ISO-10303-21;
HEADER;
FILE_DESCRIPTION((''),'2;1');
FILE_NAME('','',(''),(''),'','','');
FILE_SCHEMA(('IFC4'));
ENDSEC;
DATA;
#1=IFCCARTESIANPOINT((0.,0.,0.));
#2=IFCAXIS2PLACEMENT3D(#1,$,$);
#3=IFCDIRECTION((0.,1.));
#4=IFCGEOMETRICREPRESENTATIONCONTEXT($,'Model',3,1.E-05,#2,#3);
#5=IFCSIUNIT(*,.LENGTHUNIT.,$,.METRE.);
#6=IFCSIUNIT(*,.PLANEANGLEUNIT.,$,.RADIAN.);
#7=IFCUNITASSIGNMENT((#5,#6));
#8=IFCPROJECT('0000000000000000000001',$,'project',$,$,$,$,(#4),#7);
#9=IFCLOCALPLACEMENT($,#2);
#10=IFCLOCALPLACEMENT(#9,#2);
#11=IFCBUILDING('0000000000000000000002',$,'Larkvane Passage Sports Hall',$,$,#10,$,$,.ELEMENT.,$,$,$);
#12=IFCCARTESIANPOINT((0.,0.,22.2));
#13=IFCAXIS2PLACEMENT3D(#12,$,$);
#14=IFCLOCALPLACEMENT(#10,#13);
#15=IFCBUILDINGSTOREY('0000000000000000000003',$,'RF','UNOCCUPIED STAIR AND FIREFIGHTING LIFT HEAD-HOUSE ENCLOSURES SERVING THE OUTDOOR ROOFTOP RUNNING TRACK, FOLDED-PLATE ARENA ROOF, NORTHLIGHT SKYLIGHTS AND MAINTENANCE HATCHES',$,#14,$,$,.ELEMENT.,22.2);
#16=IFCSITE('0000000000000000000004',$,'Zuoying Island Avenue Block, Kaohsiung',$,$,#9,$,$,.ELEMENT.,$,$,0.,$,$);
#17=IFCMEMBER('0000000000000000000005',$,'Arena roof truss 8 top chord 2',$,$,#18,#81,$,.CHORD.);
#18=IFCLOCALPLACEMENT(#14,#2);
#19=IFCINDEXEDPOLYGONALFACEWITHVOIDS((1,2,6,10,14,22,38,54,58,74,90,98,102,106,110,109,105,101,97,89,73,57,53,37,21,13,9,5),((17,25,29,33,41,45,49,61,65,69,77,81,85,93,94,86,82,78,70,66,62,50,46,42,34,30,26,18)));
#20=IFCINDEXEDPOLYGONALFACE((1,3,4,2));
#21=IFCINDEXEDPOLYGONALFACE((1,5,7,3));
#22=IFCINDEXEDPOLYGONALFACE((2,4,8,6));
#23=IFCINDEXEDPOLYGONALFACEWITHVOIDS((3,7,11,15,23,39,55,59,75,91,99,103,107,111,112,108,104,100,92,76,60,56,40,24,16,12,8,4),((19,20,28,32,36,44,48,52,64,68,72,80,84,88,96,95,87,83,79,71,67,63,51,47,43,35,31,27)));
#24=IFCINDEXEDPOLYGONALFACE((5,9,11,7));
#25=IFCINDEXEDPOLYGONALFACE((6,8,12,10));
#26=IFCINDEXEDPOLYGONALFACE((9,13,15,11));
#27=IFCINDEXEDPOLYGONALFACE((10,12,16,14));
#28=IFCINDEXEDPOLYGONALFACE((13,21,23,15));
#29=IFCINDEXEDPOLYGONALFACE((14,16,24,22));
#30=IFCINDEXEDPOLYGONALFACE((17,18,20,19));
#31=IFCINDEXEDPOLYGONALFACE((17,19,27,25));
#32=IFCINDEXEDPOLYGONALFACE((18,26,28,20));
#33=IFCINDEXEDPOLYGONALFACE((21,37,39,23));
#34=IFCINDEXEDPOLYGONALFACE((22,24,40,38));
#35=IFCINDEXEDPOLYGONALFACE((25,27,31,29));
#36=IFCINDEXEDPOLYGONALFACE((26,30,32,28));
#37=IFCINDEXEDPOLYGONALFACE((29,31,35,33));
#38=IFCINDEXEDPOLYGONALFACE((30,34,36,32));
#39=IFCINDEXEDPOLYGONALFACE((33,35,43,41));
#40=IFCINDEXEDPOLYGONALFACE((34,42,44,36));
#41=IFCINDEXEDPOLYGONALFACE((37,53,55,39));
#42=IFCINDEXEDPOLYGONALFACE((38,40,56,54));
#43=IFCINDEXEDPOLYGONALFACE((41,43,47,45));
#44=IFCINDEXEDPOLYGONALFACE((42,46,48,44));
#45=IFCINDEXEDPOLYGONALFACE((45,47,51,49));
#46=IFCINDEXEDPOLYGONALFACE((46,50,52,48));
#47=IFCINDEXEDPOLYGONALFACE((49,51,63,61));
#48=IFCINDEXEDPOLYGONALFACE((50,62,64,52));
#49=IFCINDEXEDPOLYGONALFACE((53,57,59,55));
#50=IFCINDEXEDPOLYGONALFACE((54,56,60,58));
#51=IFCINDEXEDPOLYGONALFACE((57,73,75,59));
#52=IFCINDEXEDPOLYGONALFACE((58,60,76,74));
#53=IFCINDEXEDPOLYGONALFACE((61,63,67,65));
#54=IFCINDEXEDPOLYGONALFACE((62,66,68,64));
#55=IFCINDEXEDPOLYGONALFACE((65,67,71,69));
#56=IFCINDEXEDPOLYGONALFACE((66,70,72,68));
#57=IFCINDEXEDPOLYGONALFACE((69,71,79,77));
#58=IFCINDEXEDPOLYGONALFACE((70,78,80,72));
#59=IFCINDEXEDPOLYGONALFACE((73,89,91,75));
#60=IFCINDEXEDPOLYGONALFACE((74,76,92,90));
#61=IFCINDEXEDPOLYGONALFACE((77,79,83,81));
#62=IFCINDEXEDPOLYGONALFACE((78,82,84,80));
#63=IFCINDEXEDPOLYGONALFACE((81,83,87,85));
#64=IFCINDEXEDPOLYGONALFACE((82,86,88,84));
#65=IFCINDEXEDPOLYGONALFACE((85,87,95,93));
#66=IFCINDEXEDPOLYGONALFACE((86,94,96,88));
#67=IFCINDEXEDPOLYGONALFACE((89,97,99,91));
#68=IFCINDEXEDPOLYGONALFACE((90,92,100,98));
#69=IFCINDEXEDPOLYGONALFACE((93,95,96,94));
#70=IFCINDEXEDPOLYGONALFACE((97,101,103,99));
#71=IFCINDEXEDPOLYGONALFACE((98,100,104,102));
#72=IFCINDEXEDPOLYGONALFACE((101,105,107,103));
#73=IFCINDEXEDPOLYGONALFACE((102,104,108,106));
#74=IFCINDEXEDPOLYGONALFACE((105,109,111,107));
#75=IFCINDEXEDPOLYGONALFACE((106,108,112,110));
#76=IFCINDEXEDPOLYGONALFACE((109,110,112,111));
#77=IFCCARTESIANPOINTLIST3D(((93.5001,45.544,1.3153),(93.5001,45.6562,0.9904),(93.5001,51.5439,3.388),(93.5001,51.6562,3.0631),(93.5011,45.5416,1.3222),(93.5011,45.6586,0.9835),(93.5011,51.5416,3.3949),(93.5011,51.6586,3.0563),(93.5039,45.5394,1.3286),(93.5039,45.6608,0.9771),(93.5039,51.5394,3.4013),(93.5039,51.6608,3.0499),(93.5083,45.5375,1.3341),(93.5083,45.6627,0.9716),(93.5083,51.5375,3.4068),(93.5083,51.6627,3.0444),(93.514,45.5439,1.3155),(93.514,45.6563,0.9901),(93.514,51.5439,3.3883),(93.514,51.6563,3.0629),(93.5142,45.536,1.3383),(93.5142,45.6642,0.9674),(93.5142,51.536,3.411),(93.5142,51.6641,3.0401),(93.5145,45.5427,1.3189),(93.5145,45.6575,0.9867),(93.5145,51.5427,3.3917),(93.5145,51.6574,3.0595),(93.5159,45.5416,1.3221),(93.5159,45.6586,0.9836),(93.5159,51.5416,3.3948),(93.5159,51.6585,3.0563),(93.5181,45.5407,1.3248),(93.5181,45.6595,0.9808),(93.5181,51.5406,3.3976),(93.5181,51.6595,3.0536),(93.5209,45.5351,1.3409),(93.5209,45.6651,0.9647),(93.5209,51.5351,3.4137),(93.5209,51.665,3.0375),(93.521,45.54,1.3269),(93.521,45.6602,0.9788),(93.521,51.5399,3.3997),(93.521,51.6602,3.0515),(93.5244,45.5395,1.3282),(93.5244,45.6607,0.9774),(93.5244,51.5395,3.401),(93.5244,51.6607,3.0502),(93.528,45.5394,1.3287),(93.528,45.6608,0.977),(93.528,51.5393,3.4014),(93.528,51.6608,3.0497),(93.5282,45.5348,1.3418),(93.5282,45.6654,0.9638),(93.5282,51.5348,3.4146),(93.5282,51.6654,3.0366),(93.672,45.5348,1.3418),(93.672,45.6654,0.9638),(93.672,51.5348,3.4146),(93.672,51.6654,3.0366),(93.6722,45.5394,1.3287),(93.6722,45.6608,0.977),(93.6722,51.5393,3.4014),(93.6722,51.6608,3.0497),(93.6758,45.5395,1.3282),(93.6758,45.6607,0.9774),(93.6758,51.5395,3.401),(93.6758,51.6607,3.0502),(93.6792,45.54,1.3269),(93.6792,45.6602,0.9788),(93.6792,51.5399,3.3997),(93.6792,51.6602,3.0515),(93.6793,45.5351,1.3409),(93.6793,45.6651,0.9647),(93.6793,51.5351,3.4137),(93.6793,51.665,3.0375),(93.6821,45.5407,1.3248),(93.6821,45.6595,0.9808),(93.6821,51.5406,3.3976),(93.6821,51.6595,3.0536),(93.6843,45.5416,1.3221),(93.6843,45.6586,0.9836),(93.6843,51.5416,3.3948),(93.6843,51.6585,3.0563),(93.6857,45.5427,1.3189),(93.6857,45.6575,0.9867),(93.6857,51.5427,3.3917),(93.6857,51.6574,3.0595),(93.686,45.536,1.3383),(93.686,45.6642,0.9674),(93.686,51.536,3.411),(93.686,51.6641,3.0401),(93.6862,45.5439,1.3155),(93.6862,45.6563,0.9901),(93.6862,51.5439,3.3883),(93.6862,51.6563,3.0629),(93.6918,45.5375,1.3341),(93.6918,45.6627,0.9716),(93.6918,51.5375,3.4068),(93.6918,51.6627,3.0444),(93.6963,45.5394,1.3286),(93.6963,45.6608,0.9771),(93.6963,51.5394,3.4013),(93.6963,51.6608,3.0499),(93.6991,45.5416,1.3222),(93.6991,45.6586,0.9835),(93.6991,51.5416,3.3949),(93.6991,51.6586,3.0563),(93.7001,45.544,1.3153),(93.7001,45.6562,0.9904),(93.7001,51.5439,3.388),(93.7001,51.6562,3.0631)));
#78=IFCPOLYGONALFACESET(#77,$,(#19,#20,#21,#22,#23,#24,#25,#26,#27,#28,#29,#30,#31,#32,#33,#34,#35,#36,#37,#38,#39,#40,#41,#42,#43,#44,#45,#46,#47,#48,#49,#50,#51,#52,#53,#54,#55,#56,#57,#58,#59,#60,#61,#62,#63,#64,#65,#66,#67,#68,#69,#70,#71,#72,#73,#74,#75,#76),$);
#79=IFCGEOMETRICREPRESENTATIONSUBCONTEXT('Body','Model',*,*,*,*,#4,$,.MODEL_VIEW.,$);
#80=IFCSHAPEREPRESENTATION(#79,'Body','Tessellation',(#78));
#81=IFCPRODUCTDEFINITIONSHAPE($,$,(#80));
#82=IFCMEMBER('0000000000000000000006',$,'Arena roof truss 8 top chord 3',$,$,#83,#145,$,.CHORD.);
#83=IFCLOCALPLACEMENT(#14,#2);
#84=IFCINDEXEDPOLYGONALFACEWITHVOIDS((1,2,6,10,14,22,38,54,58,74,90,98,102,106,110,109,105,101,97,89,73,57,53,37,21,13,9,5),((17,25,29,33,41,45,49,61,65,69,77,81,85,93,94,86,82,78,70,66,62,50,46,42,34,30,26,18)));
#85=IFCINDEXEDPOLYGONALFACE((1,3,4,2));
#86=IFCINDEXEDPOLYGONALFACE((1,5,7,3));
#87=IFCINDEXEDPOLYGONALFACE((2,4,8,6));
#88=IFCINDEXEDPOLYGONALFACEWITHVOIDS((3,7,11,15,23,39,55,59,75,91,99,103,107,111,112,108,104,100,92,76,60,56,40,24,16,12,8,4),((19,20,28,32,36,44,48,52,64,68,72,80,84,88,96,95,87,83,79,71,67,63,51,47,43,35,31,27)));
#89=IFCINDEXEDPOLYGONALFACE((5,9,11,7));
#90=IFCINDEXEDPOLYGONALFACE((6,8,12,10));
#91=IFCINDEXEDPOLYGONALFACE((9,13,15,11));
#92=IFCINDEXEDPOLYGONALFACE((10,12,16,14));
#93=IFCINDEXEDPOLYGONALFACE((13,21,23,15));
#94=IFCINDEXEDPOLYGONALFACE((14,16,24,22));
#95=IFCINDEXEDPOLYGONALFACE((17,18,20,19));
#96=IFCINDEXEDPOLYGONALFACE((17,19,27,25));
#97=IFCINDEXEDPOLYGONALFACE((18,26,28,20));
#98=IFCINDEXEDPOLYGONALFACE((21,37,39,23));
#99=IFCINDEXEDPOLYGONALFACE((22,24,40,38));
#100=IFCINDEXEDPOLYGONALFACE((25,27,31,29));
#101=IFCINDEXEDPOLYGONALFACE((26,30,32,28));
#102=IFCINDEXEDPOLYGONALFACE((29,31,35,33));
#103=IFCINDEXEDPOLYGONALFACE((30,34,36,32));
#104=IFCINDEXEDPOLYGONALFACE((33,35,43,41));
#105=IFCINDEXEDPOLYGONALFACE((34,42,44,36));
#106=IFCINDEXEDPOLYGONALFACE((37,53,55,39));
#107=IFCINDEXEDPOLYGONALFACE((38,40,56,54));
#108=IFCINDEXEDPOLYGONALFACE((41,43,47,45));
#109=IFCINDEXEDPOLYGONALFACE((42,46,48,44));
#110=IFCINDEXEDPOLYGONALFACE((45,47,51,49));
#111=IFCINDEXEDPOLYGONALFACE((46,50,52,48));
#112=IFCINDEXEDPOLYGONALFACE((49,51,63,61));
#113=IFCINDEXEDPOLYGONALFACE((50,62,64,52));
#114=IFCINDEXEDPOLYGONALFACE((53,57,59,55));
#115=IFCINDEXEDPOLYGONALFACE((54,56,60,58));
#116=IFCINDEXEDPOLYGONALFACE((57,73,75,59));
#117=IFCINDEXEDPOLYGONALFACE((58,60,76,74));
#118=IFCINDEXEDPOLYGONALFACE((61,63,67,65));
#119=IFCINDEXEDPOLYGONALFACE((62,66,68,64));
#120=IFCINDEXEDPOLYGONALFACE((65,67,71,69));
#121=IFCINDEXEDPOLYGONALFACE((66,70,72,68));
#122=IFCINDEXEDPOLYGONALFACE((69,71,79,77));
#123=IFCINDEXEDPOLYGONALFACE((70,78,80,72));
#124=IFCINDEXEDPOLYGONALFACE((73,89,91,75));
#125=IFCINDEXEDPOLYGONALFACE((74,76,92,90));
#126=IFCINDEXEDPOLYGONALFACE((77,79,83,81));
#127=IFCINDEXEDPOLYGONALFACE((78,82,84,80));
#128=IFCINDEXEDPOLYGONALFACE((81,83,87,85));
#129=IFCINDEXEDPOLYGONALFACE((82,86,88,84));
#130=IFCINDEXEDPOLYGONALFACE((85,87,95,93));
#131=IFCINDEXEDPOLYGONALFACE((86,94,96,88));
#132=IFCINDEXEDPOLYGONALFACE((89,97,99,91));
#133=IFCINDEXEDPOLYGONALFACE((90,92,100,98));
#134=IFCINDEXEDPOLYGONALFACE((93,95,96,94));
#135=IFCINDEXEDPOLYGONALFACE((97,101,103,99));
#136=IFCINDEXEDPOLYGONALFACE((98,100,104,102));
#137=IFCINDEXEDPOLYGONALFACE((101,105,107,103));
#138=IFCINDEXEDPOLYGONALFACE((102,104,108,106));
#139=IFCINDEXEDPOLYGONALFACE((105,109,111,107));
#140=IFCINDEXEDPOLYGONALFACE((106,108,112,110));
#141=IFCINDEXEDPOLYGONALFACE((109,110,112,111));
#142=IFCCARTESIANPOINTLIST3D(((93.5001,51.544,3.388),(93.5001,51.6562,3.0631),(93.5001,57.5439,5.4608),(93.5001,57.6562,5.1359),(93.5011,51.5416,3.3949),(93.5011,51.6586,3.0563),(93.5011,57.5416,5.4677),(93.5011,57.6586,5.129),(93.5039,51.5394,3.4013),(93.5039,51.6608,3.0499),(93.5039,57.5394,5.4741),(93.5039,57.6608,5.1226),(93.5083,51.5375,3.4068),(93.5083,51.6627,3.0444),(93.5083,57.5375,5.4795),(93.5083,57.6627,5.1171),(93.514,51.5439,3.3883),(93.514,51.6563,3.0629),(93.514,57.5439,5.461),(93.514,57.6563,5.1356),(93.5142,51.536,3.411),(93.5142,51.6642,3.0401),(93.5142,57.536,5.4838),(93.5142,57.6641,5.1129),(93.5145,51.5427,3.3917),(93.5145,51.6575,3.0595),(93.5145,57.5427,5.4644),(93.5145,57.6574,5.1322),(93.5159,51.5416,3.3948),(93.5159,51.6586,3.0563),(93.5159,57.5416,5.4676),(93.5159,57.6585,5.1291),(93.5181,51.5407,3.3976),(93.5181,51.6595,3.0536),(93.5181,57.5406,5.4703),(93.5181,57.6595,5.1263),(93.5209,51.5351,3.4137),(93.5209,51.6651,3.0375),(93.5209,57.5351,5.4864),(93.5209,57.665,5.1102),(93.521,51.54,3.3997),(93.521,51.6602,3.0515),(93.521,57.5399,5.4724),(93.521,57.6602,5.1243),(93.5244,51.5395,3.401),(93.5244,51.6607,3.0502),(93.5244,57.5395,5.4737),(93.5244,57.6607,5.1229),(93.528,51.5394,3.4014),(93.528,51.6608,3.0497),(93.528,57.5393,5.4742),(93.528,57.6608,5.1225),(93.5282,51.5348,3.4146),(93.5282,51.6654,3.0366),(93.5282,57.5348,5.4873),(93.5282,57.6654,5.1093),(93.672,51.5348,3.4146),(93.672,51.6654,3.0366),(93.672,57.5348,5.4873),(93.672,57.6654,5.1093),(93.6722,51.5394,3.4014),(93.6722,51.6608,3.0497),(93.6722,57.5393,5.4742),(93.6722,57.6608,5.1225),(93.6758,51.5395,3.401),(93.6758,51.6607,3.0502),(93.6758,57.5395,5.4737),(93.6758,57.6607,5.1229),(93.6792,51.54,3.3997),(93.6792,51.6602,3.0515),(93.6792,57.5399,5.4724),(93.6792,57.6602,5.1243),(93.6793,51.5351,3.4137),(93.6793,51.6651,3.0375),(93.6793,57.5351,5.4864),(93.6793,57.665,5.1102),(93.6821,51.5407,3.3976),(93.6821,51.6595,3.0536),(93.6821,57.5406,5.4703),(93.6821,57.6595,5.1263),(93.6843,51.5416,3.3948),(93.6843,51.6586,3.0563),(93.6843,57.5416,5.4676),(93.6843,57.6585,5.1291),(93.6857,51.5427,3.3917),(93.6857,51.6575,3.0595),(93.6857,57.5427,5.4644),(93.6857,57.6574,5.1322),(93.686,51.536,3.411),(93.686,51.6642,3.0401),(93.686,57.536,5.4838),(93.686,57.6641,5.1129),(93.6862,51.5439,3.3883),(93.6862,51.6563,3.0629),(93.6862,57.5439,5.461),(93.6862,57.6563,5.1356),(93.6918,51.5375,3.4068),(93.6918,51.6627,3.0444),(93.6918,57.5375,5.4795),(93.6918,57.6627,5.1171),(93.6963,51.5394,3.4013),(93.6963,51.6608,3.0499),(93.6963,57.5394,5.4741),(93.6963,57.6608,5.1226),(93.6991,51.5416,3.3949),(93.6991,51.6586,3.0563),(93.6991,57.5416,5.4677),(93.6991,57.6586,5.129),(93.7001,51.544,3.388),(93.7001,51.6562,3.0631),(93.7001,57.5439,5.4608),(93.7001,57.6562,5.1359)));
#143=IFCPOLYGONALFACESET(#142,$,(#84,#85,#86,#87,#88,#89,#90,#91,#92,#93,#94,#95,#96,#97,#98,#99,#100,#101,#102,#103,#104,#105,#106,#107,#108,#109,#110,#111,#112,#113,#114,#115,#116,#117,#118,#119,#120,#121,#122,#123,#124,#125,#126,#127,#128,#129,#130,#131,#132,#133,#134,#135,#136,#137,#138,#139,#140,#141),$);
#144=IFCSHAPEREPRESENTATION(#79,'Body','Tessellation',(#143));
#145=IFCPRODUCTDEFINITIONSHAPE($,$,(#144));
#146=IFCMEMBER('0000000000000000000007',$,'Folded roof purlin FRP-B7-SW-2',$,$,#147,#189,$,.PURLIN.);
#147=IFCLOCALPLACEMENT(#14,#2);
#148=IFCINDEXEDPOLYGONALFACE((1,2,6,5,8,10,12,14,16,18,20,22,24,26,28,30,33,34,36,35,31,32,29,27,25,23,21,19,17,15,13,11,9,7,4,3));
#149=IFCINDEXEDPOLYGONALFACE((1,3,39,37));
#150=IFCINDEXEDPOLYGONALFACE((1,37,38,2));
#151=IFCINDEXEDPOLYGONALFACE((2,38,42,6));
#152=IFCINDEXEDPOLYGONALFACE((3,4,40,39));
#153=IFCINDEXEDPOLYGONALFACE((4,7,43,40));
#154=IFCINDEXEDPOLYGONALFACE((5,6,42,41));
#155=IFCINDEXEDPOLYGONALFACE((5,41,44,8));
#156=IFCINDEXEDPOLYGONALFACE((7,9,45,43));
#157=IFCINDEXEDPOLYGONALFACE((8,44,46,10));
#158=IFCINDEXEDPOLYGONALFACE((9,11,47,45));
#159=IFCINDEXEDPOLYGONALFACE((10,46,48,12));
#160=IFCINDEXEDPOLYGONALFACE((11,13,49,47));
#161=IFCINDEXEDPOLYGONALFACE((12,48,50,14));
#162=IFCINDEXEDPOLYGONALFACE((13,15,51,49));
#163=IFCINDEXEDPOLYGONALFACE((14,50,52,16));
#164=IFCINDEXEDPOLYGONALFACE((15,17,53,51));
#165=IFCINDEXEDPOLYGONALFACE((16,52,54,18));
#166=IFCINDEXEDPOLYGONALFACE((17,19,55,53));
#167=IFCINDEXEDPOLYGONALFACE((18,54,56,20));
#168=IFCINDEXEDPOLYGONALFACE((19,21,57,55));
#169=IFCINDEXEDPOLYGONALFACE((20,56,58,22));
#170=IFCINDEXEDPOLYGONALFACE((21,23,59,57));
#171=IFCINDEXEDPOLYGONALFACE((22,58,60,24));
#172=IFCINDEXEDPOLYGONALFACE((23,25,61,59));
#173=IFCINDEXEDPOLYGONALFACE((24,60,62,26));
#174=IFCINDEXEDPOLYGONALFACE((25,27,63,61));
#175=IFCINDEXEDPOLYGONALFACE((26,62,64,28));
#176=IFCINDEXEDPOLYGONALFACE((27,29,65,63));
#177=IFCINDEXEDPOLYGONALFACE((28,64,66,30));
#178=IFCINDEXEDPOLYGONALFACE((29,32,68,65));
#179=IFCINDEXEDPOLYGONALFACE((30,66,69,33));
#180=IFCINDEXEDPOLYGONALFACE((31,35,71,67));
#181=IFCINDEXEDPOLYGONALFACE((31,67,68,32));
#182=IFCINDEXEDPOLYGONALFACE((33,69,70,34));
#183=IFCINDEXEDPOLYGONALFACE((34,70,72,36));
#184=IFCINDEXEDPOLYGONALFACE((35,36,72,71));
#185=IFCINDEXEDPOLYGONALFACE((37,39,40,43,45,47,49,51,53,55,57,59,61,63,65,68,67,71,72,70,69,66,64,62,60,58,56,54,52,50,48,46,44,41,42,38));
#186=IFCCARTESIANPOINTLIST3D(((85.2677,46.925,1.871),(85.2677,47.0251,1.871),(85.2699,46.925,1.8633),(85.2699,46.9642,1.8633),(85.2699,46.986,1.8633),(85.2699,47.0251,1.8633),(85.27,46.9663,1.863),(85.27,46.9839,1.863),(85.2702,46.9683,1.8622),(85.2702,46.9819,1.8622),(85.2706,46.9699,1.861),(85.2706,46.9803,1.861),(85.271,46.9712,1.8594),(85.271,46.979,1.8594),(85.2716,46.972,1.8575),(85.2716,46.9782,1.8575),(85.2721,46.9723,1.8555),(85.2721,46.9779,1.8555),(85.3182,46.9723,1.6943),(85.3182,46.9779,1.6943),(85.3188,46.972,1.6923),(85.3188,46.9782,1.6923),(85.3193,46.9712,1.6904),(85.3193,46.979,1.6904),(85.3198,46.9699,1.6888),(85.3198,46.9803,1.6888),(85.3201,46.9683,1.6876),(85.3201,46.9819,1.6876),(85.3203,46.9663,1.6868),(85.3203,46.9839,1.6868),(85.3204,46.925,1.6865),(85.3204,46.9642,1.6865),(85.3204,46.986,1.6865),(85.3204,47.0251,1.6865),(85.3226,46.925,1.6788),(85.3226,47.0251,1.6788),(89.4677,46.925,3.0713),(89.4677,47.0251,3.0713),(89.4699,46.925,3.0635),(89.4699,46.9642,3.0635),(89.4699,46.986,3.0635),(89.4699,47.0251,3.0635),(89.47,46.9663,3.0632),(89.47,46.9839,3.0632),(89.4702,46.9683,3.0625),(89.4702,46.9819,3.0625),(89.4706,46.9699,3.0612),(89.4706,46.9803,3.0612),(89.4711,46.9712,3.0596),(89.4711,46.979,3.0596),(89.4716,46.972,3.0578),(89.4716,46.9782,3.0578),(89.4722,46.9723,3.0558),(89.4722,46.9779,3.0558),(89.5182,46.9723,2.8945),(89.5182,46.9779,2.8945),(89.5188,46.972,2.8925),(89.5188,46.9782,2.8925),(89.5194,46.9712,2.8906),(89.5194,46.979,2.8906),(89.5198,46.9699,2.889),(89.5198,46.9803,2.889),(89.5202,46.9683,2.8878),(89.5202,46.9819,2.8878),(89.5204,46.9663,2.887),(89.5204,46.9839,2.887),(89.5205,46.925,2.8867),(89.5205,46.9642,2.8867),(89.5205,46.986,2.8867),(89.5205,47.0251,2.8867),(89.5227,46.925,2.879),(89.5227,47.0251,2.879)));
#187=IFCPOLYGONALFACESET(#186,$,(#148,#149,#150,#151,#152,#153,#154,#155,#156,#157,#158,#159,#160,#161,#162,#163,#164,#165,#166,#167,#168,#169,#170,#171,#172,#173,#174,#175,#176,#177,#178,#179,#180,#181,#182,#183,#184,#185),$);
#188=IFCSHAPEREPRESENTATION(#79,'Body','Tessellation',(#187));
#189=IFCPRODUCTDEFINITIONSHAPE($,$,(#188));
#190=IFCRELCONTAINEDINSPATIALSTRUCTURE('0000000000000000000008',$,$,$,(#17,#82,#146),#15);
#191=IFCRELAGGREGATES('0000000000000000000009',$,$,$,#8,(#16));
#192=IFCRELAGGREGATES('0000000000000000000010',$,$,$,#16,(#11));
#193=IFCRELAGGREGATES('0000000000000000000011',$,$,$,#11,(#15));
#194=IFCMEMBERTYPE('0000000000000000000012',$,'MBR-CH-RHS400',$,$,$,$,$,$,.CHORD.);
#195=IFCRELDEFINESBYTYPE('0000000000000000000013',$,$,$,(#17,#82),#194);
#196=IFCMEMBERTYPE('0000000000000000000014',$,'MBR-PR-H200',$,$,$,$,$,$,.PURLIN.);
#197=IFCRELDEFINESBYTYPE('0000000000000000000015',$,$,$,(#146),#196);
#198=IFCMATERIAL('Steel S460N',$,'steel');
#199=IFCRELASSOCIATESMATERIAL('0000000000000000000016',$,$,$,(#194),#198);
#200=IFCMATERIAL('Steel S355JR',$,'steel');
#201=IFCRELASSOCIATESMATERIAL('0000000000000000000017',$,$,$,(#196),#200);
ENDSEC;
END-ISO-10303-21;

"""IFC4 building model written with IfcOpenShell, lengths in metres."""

from ifc_helpers import new_model, si_unit, direction, frame, origin, origin_2d, place, context, subcontext, project, spatial, hollow_rectangle, i_section, extrude, material, material_profile, profile_set, type_object, element, save


model = new_model("IFC4")

# Units and contexts
model_context = context("Model", 3, precision=1e-05, world=origin(), true_north=direction((0.0, 1.0)))
body_context = subcontext(model_context, "Body", "Model", "MODEL_VIEW")
ifc_project = project(units=[si_unit("LENGTHUNIT", "METRE"), si_unit("PLANEANGLEUNIT", "RADIAN")], contexts=[model_context])

# Site, building, storey
site_placement = place(None, origin())
site = spatial("IfcSite", under=ifc_project, at=site_placement, Name="Zuoying Island Avenue Block, Kaohsiung", CompositionType="ELEMENT", RefElevation=0.0)
building_placement = place(site_placement, origin())
building = spatial("IfcBuilding", under=site, at=building_placement, Name="Larkvane Passage Sports Hall", CompositionType="ELEMENT")
storey_placement = place(building_placement, frame((0.0, 0.0, 22.2)))
storey = spatial("IfcBuildingStorey", under=building, at=storey_placement, Name="RF", Description="UNOCCUPIED STAIR AND FIREFIGHTING LIFT HEAD-HOUSE ENCLOSURES SERVING THE OUTDOOR ROOFTOP RUNNING TRACK, FOLDED-PLATE ARENA ROOF, NORTHLIGHT SKYLIGHTS AND MAINTENANCE HATCHES", CompositionType="ELEMENT", Elevation=22.2)

# Members
ifc_material_1 = material(Name="Steel S460N", Category="steel")
ifc_material_profile_1 = material_profile(ifc_material_1, hollow_rectangle(XDim=0.2, YDim=0.3999, WallThickness=0.0139, InnerFilletRadius=0.0139, OuterFilletRadius=0.0281, at=origin_2d()), Name="RHS-400x200x14")
ifc_profile_set_1 = profile_set([ifc_material_profile_1], Name="Steel S460N")
member_type_1 = type_object("IfcMemberType", Name="MBR-CH-RHS400", PredefinedType="CHORD", material=ifc_profile_set_1)
for number, where, z_axis, x_axis, name in (
    (1, (93.6001, 45.6001, 1.1528), (0.0, 0.945189, 0.326524), (-1.0, 0.0, 0.0), "Arena roof truss 8 top chord 2"),
    (2, (93.6001, 51.6001, 3.2256), (0.0, 0.945189, 0.326524), (-1.0, 0.0, 0.0), "Arena roof truss 8 top chord 3"),
):
    element("IfcMember", number, at=place(storey_placement, frame(where, z_axis=z_axis, x_axis=x_axis)), inside=storey, type_object=member_type_1, Name=name, PredefinedType="CHORD", context=body_context, shape_type="SweptSolid", body=[
        extrude(hollow_rectangle(XDim=0.2, YDim=0.3999, WallThickness=0.0139, InnerFilletRadius=0.0139, OuterFilletRadius=0.0281, at=origin_2d()), origin(), (0.0, 0.0, 1.0), 6.3479),
    ])
ifc_material_2 = material(Name="Steel S355JR", Category="steel")
ifc_material_profile_2 = material_profile(ifc_material_2, i_section(OverallWidth=0.1001, OverallDepth=0.2, WebThickness=0.0056, FlangeThickness=0.0081, FilletRadius=0.0081, at=origin_2d()), Name="H-200x100x5.5x8")
ifc_profile_set_2 = profile_set([ifc_material_profile_2], Name="Steel S355JR")
member_type_2 = type_object("IfcMemberType", Name="MBR-PR-H200", PredefinedType="PURLIN", material=ifc_profile_set_2)
for number, where, z_axis, x_axis, name in (
    (3, (85.2952, 46.9751, 1.7749), (0.961511, 0.0, 0.274765), (0.0, 1.0, 0.0), "Folded roof purlin FRP-B7-SW-2"),
):
    element("IfcMember", number, at=place(storey_placement, frame(where, z_axis=z_axis, x_axis=x_axis)), inside=storey, type_object=member_type_2, Name=name, PredefinedType="PURLIN", context=body_context, shape_type="SweptSolid", body=[
        extrude(i_section(OverallWidth=0.1001, OverallDepth=0.2, WebThickness=0.0056, FlangeThickness=0.0081, FilletRadius=0.0081, at=origin_2d()), origin(), (0.0, 0.0, 1.0), 4.3682),
    ])

save(model, "model.ifc")
